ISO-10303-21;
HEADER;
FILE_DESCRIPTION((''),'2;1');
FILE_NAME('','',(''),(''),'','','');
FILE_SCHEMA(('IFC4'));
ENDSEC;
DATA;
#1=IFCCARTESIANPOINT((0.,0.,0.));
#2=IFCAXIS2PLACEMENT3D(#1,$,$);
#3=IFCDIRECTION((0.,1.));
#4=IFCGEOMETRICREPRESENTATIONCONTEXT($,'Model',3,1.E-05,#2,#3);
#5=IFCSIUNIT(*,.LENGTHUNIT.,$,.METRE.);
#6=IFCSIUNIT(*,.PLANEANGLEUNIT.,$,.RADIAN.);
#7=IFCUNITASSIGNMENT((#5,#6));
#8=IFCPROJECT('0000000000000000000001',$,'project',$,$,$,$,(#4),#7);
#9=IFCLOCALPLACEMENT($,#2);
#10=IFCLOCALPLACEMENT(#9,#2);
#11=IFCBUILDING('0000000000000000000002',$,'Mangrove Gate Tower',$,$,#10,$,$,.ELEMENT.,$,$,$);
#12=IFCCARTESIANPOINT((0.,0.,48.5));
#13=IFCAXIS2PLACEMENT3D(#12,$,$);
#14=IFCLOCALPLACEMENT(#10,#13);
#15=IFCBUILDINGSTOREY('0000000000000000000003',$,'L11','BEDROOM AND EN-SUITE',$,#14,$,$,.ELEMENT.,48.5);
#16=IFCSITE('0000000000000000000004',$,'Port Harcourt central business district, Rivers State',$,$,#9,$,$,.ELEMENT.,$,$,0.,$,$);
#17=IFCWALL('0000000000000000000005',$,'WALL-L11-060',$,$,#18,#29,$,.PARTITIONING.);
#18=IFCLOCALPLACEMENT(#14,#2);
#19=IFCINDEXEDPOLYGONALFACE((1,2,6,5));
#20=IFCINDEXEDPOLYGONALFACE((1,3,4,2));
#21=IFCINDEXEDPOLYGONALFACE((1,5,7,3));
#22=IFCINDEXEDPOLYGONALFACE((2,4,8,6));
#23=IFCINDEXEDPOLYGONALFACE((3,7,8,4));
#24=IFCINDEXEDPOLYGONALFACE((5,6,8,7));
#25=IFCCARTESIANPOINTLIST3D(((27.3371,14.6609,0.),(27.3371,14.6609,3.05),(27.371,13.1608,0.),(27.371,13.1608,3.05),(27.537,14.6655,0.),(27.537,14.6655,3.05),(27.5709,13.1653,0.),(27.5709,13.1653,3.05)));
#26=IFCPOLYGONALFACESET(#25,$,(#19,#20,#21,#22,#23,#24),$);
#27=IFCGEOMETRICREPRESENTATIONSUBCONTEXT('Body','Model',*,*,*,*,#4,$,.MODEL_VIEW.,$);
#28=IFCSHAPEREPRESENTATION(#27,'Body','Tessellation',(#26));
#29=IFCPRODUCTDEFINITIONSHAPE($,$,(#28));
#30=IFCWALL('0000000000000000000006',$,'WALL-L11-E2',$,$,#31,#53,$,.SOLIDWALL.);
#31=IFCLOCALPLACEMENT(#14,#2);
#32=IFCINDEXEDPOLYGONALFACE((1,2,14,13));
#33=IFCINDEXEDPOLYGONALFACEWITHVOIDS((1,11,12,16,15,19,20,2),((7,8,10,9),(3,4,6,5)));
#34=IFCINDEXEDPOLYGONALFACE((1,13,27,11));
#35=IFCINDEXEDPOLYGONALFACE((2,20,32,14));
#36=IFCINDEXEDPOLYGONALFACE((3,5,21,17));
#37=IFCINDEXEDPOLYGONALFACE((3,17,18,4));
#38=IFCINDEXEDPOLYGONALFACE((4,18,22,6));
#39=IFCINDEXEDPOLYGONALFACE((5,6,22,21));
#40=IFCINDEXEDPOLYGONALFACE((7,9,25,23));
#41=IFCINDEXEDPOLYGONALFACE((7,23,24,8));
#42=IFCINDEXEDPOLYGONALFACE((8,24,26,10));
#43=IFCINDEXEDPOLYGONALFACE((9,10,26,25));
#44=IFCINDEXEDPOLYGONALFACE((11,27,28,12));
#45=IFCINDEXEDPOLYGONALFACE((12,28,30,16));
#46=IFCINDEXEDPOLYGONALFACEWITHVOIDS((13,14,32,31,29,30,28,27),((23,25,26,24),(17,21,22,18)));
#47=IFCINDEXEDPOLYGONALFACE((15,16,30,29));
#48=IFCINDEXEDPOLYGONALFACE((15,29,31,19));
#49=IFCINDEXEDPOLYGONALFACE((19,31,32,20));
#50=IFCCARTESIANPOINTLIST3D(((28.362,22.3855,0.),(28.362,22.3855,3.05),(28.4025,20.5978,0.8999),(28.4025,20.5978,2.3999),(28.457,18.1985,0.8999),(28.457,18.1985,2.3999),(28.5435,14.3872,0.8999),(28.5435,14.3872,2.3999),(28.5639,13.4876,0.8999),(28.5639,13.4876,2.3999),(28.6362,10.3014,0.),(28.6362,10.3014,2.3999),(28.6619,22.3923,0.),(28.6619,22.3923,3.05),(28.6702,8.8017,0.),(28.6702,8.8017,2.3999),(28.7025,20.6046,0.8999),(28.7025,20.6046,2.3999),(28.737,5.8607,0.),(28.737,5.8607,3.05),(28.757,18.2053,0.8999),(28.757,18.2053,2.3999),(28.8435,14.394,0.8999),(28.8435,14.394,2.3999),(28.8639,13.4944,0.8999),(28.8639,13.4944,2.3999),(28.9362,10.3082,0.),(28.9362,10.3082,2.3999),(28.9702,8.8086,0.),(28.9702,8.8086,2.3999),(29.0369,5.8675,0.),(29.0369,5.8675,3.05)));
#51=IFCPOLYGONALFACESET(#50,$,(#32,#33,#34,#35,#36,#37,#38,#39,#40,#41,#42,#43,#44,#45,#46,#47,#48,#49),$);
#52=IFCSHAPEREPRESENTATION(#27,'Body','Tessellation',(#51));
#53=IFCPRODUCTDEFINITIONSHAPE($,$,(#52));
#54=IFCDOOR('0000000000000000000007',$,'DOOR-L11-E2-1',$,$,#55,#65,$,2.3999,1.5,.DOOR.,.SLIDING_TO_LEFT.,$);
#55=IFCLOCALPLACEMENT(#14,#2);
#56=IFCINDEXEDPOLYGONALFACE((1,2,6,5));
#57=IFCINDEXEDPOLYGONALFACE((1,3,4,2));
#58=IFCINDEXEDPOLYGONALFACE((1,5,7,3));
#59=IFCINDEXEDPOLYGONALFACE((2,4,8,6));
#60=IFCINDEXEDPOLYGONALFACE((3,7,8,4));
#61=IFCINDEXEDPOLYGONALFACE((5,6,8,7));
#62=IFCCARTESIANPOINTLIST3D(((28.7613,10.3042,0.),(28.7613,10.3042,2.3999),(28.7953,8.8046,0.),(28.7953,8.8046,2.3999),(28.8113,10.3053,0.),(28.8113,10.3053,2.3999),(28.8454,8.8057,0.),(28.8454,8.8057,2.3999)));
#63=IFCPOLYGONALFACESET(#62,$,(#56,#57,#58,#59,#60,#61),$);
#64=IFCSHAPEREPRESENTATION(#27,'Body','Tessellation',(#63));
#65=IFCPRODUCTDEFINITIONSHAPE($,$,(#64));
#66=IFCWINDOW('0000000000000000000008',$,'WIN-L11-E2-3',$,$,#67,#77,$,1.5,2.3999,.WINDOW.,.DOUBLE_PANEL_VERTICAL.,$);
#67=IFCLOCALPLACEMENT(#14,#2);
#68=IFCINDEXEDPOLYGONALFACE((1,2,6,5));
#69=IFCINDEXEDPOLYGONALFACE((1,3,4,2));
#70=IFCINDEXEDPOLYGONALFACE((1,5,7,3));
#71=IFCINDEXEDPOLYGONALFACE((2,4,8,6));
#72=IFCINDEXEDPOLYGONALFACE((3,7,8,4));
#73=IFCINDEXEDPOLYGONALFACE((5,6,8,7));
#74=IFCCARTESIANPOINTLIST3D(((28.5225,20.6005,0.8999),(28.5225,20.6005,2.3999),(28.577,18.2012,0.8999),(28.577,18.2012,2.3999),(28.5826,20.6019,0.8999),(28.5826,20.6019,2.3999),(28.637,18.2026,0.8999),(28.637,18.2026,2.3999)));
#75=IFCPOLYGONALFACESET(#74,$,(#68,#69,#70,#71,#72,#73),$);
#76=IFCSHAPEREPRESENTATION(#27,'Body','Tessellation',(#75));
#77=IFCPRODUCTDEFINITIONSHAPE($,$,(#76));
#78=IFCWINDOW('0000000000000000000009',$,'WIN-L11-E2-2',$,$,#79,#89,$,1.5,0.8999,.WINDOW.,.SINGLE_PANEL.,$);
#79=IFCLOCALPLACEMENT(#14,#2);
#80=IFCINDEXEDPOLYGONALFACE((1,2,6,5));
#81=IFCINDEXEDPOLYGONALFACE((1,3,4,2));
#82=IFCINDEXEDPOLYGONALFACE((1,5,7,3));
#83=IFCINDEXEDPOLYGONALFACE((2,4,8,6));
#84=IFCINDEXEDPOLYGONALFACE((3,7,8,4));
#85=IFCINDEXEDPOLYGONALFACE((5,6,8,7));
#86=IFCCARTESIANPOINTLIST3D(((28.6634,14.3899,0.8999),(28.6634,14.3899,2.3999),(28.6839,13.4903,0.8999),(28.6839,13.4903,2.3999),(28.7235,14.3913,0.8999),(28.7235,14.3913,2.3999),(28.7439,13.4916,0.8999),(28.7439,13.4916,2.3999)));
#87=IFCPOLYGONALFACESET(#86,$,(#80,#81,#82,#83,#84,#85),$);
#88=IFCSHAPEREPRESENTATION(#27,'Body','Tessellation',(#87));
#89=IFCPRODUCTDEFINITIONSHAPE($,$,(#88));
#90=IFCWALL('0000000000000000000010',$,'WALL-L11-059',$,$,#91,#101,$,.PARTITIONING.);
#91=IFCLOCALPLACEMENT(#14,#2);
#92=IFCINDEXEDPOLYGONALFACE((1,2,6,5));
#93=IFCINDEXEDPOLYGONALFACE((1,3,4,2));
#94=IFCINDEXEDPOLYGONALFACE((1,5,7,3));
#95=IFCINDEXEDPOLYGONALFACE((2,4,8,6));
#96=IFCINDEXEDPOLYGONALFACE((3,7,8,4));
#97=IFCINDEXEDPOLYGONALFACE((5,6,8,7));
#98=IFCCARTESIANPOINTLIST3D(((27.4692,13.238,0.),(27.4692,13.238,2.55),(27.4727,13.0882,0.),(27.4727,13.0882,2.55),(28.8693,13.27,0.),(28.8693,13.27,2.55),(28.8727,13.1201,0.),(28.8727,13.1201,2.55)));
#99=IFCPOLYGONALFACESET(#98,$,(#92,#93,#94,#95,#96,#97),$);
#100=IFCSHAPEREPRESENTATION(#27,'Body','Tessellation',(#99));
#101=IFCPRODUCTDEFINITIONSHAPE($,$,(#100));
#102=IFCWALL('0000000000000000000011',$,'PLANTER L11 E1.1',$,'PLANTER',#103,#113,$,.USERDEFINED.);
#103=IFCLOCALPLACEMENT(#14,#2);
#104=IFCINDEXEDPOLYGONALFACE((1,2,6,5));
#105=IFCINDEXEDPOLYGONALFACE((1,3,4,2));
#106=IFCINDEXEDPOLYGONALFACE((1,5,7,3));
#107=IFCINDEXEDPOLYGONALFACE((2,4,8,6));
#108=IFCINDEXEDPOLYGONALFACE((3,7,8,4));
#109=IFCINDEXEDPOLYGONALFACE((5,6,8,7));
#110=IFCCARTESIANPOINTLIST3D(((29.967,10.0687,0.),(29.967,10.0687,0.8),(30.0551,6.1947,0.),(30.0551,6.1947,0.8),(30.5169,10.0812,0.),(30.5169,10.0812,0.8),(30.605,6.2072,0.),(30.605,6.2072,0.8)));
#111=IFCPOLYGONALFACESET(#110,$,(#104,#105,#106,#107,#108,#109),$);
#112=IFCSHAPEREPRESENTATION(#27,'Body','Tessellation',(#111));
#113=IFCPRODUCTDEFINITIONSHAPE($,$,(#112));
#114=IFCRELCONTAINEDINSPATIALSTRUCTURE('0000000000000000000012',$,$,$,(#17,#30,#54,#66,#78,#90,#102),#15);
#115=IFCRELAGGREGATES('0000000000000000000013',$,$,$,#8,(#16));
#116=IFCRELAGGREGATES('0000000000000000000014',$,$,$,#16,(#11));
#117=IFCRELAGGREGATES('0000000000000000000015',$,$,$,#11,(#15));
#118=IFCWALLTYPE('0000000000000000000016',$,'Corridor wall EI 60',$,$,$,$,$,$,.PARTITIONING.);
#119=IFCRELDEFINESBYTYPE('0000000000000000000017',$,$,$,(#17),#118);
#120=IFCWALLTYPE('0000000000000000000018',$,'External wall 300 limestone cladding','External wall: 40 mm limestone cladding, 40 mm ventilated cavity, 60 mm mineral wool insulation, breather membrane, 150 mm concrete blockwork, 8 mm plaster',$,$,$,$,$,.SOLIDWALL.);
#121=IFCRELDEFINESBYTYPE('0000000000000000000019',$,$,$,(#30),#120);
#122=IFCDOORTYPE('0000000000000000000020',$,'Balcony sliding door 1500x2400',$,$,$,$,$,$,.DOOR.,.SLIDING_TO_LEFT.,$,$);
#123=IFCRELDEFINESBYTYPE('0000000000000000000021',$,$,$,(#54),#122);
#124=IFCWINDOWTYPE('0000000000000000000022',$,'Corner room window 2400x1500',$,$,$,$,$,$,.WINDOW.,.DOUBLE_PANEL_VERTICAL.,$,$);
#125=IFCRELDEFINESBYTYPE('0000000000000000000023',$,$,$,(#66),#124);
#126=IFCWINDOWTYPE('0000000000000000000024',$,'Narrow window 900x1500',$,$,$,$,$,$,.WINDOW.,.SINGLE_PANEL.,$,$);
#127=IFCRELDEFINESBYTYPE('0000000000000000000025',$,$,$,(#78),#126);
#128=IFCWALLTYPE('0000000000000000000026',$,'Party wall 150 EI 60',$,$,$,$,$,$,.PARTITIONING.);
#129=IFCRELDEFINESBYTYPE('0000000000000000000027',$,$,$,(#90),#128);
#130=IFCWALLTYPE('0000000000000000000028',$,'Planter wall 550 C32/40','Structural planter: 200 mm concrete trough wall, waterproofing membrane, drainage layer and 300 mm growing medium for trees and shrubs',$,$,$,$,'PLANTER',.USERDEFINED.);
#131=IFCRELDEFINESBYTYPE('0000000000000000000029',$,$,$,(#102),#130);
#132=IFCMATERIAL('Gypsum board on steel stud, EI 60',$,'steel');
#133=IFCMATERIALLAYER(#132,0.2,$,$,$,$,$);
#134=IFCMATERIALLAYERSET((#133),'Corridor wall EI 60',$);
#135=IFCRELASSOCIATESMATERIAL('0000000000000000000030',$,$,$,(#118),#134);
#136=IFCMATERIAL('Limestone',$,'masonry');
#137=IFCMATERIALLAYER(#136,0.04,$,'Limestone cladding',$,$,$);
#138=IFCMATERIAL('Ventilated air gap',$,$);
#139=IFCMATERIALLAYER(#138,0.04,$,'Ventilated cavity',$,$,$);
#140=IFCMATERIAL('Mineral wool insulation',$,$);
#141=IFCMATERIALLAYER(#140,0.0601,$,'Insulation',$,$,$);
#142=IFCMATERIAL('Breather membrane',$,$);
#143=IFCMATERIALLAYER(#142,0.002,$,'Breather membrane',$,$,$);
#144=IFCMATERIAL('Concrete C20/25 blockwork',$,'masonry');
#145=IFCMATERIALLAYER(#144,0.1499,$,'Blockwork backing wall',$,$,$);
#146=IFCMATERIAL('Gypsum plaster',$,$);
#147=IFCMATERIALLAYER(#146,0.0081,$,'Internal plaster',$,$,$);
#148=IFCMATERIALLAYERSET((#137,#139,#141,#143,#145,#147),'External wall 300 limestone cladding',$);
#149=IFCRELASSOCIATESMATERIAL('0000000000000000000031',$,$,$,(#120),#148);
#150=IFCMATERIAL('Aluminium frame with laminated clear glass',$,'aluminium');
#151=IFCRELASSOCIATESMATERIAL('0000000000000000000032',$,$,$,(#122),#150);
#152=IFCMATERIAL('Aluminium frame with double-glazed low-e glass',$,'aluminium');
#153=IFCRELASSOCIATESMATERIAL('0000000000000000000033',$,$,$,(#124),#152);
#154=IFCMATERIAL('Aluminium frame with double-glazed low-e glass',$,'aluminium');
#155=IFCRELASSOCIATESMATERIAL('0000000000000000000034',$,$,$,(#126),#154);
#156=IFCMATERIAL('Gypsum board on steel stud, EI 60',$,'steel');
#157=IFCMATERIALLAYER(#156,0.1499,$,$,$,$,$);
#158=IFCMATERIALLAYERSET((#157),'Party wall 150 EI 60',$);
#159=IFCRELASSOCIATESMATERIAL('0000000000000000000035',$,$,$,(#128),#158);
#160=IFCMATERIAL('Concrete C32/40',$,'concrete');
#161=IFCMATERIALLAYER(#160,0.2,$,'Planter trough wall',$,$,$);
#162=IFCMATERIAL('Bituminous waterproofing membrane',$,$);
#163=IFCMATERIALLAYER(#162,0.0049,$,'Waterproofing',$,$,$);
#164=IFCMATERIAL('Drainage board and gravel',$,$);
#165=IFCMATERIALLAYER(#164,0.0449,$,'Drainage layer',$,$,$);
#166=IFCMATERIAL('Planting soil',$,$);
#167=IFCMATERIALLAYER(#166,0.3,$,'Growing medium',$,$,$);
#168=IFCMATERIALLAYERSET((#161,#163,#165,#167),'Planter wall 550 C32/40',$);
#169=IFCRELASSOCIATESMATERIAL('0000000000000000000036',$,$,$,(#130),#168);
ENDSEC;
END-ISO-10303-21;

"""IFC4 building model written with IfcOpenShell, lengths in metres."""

from ifc_helpers import new_model, si_unit, direction, frame, frame_2d, origin, place, context, subcontext, project, spatial, rectangle, extrude, material, layer, layer_set, type_object, element, fill, save


model = new_model("IFC4")

# Units and contexts
model_context = context("Model", 3, precision=1e-05, world=origin(), true_north=direction((0.0, 1.0)))
body_context = subcontext(model_context, "Body", "Model", "MODEL_VIEW")
ifc_project = project(units=[si_unit("LENGTHUNIT", "METRE"), si_unit("PLANEANGLEUNIT", "RADIAN")], contexts=[model_context])

# Site, building, storey
site_placement = place(None, origin())
site = spatial("IfcSite", under=ifc_project, at=site_placement, Name="Port Harcourt central business district, Rivers State", CompositionType="ELEMENT", RefElevation=0.0)
building_placement = place(site_placement, origin())
building = spatial("IfcBuilding", under=site, at=building_placement, Name="Mangrove Gate Tower", CompositionType="ELEMENT")
storey_placement = place(building_placement, frame((0.0, 0.0, 48.5)))
storey = spatial("IfcBuildingStorey", under=building, at=storey_placement, Name="L11", Description="BEDROOM AND EN-SUITE", CompositionType="ELEMENT", Elevation=48.5)

# Wall
ifc_material_1 = material(Name="Gypsum board on steel stud, EI 60", Category="steel")
ifc_layer_1 = layer(ifc_material_1, 0.2)
ifc_layer_set_1 = layer_set([ifc_layer_1], Name="Corridor wall EI 60")
wall_type_1 = type_object("IfcWallType", Name="Corridor wall EI 60", PredefinedType="PARTITIONING", material=ifc_layer_set_1)
wall_1_placement = place(storey_placement, frame((27.4709, 13.1631, 0.0), z_axis=(0.0, 0.0, 1.0), x_axis=(-0.022618, 0.999744, 0.0)))
element("IfcWall", 1, at=wall_1_placement, inside=storey, type_object=wall_type_1, Name="WALL-L11-060", PredefinedType="PARTITIONING", context=body_context, shape_type="SweptSolid", body=[
    extrude(rectangle(XDim=1.5005, YDim=0.2, at=frame_2d((0.7502, 0.0))), origin(), (0.0, 0.0, 1.0), 3.05),
])

# Wall, openings, door, windows
ifc_material_2 = material(Name="Limestone", Category="masonry")
ifc_layer_2 = layer(ifc_material_2, 0.04, Name="Limestone cladding")
ifc_material_3 = material(Name="Ventilated air gap")
ifc_layer_3 = layer(ifc_material_3, 0.04, Name="Ventilated cavity")
ifc_material_4 = material(Name="Mineral wool insulation")
ifc_layer_4 = layer(ifc_material_4, 0.0601, Name="Insulation")
ifc_material_5 = material(Name="Breather membrane")
ifc_layer_5 = layer(ifc_material_5, 0.002, Name="Breather membrane")
ifc_material_6 = material(Name="Concrete C20/25 blockwork", Category="masonry")
ifc_layer_6 = layer(ifc_material_6, 0.1499, Name="Blockwork backing wall")
ifc_material_7 = material(Name="Gypsum plaster")
ifc_layer_7 = layer(ifc_material_7, 0.0081, Name="Internal plaster")
ifc_layer_set_2 = layer_set([ifc_layer_2, ifc_layer_3, ifc_layer_4, ifc_layer_5, ifc_layer_6, ifc_layer_7], Name="External wall 300 limestone cladding")
wall_type_2 = type_object("IfcWallType", Name="External wall 300 limestone cladding", Description="External wall: 40 mm limestone cladding, 40 mm ventilated cavity, 60 mm mineral wool insulation, breather membrane, 150 mm concrete blockwork, 8 mm plaster", PredefinedType="SOLIDWALL", material=ifc_layer_set_2)
wall_2_placement = place(storey_placement, frame((28.887, 5.864, 0.0), z_axis=(0.0, 0.0, 1.0), x_axis=(-0.022687, 0.999743, 0.0)))
wall_2 = element("IfcWall", 2, at=wall_2_placement, inside=storey, type_object=wall_type_2, Name="WALL-L11-E2", PredefinedType="SOLIDWALL", context=body_context, shape_type="SweptSolid", body=[
    extrude(rectangle(XDim=16.5291, YDim=0.3, at=frame_2d((8.2646, 0.0))), origin(), (0.0, 0.0, 1.0), 3.05),
])
opening_1_placement = place(wall_2_placement, frame((2.9419, 0.0, 0.0)))
opening_1 = element("IfcOpeningElement", 3, at=opening_1_placement, cuts=wall_2, PredefinedType="OPENING", context=body_context, shape_type="SweptSolid", body=[
    extrude(rectangle(XDim=1.5, YDim=2.3999, at=frame_2d((0.75, 1.2))), frame((0.0, 0.1599, 0.0), z_axis=(0.0, -1.0, 0.0), x_axis=(1.0, 0.0, 0.0)), (0.0, 0.0, 1.0), 0.3201),
])
opening_2_placement = place(wall_2_placement, frame((7.6289, 0.0, 0.8999)))
opening_2 = element("IfcOpeningElement", 4, at=opening_2_placement, cuts=wall_2, PredefinedType="OPENING", context=body_context, shape_type="SweptSolid", body=[
    extrude(rectangle(XDim=0.8999, YDim=1.5, at=frame_2d((0.45, 0.75))), frame((0.0, 0.1599, 0.0), z_axis=(0.0, -1.0, 0.0), x_axis=(1.0, 0.0, 0.0)), (0.0, 0.0, 1.0), 0.3201),
])
opening_3_placement = place(wall_2_placement, frame((12.3411, 0.0, 0.8999)))
opening_3 = element("IfcOpeningElement", 5, at=opening_3_placement, cuts=wall_2, PredefinedType="OPENING", context=body_context, shape_type="SweptSolid", body=[
    extrude(rectangle(XDim=2.3999, YDim=1.5, at=frame_2d((1.2, 0.75))), frame((0.0, 0.1599, 0.0), z_axis=(0.0, -1.0, 0.0), x_axis=(1.0, 0.0, 0.0)), (0.0, 0.0, 1.0), 0.3201),
])
ifc_material_8 = material(Name="Aluminium frame with laminated clear glass", Category="aluminium")
door_type = type_object("IfcDoorType", Name="Balcony sliding door 1500x2400", OperationType="SLIDING_TO_LEFT", PredefinedType="DOOR", material=ifc_material_8)
door_placement = place(opening_1_placement, origin())
door = element("IfcDoor", 6, at=door_placement, inside=storey, type_object=door_type, Name="DOOR-L11-E2-1", OperationType="SLIDING_TO_LEFT", OverallHeight=2.3999, OverallWidth=1.5, PredefinedType="DOOR", context=body_context, shape_type="SweptSolid", body=[
    extrude(rectangle(XDim=1.5, YDim=2.3999, at=frame_2d((0.75, 1.2))), frame((0.0, 0.0249, 0.0), z_axis=(0.0, -1.0, 0.0), x_axis=(1.0, 0.0, 0.0)), (0.0, 0.0, 1.0), 0.05),
])
fill(opening_1, door)
ifc_material_9 = material(Name="Aluminium frame with double-glazed low-e glass", Category="aluminium")
window_type_1 = type_object("IfcWindowType", Name="Corner room window 2400x1500", PartitioningType="DOUBLE_PANEL_VERTICAL", PredefinedType="WINDOW", material=ifc_material_9)
window_1_placement = place(opening_3_placement, origin())
window_1 = element("IfcWindow", 7, at=window_1_placement, inside=storey, type_object=window_type_1, Name="WIN-L11-E2-3", OverallHeight=1.5, OverallWidth=2.3999, PartitioningType="DOUBLE_PANEL_VERTICAL", PredefinedType="WINDOW", context=body_context, shape_type="SweptSolid", body=[
    extrude(rectangle(XDim=2.3999, YDim=1.5, at=frame_2d((1.2, 0.75))), frame((0.0, 0.03, 0.0), z_axis=(0.0, -1.0, 0.0), x_axis=(1.0, 0.0, 0.0)), (0.0, 0.0, 1.0), 0.0601),
])
fill(opening_3, window_1)
ifc_material_10 = material(Name="Aluminium frame with double-glazed low-e glass", Category="aluminium")
window_type_2 = type_object("IfcWindowType", Name="Narrow window 900x1500", PartitioningType="SINGLE_PANEL", PredefinedType="WINDOW", material=ifc_material_10)
window_2_placement = place(opening_2_placement, origin())
window_2 = element("IfcWindow", 8, at=window_2_placement, inside=storey, type_object=window_type_2, Name="WIN-L11-E2-2", OverallHeight=1.5, OverallWidth=0.8999, PartitioningType="SINGLE_PANEL", PredefinedType="WINDOW", context=body_context, shape_type="SweptSolid", body=[
    extrude(rectangle(XDim=0.8999, YDim=1.5, at=frame_2d((0.45, 0.75))), frame((0.0, 0.03, 0.0), z_axis=(0.0, -1.0, 0.0), x_axis=(1.0, 0.0, 0.0)), (0.0, 0.0, 1.0), 0.0601),
])
fill(opening_2, window_2)

# Walls
ifc_material_11 = material(Name="Gypsum board on steel stud, EI 60", Category="steel")
ifc_layer_8 = layer(ifc_material_11, 0.1499)
ifc_layer_set_3 = layer_set([ifc_layer_8], Name="Party wall 150 EI 60")
wall_type_3 = type_object("IfcWallType", Name="Party wall 150 EI 60", PredefinedType="PARTITIONING", material=ifc_layer_set_3)
wall_3_placement = place(storey_placement, frame((27.4709, 13.1631, 0.0), z_axis=(0.0, 0.0, 1.0), x_axis=(0.999739, 0.022836, 0.0)))
element("IfcWall", 9, at=wall_3_placement, inside=storey, type_object=wall_type_3, Name="WALL-L11-059", PredefinedType="PARTITIONING", context=body_context, shape_type="SweptSolid", body=[
    extrude(rectangle(XDim=1.4004, YDim=0.1499, at=frame_2d((0.7002, 0.0))), origin(), (0.0, 0.0, 1.0), 2.55),
])
ifc_material_12 = material(Name="Concrete C32/40", Category="concrete")
ifc_layer_9 = layer(ifc_material_12, 0.2, Name="Planter trough wall")
ifc_material_13 = material(Name="Bituminous waterproofing membrane")
ifc_layer_10 = layer(ifc_material_13, 0.0049, Name="Waterproofing")
ifc_material_14 = material(Name="Drainage board and gravel")
ifc_layer_11 = layer(ifc_material_14, 0.0449, Name="Drainage layer")
ifc_material_15 = material(Name="Planting soil")
ifc_layer_12 = layer(ifc_material_15, 0.3, Name="Growing medium")
ifc_layer_set_4 = layer_set([ifc_layer_9, ifc_layer_10, ifc_layer_11, ifc_layer_12], Name="Planter wall 550 C32/40")
wall_type_4 = type_object("IfcWallType", Name="Planter wall 550 C32/40", Description="Structural planter: 200 mm concrete trough wall, waterproofing membrane, drainage layer and 300 mm growing medium for trees and shrubs", ElementType="PLANTER", PredefinedType="USERDEFINED", material=ifc_layer_set_4)
wall_4_placement = place(storey_placement, frame((30.3301, 6.2009, 0.0), z_axis=(0.0, 0.0, 1.0), x_axis=(-0.022744, 0.999741, 0.0)))
element("IfcWall", 10, at=wall_4_placement, inside=storey, type_object=wall_type_4, Name="PLANTER L11 E1.1", ObjectType="PLANTER", PredefinedType="USERDEFINED", context=body_context, shape_type="SweptSolid", body=[
    extrude(rectangle(XDim=3.875, YDim=0.55, at=frame_2d((1.9375, 0.0))), origin(), (0.0, 0.0, 1.0), 0.8),
])

save(model, "model.ifc")
